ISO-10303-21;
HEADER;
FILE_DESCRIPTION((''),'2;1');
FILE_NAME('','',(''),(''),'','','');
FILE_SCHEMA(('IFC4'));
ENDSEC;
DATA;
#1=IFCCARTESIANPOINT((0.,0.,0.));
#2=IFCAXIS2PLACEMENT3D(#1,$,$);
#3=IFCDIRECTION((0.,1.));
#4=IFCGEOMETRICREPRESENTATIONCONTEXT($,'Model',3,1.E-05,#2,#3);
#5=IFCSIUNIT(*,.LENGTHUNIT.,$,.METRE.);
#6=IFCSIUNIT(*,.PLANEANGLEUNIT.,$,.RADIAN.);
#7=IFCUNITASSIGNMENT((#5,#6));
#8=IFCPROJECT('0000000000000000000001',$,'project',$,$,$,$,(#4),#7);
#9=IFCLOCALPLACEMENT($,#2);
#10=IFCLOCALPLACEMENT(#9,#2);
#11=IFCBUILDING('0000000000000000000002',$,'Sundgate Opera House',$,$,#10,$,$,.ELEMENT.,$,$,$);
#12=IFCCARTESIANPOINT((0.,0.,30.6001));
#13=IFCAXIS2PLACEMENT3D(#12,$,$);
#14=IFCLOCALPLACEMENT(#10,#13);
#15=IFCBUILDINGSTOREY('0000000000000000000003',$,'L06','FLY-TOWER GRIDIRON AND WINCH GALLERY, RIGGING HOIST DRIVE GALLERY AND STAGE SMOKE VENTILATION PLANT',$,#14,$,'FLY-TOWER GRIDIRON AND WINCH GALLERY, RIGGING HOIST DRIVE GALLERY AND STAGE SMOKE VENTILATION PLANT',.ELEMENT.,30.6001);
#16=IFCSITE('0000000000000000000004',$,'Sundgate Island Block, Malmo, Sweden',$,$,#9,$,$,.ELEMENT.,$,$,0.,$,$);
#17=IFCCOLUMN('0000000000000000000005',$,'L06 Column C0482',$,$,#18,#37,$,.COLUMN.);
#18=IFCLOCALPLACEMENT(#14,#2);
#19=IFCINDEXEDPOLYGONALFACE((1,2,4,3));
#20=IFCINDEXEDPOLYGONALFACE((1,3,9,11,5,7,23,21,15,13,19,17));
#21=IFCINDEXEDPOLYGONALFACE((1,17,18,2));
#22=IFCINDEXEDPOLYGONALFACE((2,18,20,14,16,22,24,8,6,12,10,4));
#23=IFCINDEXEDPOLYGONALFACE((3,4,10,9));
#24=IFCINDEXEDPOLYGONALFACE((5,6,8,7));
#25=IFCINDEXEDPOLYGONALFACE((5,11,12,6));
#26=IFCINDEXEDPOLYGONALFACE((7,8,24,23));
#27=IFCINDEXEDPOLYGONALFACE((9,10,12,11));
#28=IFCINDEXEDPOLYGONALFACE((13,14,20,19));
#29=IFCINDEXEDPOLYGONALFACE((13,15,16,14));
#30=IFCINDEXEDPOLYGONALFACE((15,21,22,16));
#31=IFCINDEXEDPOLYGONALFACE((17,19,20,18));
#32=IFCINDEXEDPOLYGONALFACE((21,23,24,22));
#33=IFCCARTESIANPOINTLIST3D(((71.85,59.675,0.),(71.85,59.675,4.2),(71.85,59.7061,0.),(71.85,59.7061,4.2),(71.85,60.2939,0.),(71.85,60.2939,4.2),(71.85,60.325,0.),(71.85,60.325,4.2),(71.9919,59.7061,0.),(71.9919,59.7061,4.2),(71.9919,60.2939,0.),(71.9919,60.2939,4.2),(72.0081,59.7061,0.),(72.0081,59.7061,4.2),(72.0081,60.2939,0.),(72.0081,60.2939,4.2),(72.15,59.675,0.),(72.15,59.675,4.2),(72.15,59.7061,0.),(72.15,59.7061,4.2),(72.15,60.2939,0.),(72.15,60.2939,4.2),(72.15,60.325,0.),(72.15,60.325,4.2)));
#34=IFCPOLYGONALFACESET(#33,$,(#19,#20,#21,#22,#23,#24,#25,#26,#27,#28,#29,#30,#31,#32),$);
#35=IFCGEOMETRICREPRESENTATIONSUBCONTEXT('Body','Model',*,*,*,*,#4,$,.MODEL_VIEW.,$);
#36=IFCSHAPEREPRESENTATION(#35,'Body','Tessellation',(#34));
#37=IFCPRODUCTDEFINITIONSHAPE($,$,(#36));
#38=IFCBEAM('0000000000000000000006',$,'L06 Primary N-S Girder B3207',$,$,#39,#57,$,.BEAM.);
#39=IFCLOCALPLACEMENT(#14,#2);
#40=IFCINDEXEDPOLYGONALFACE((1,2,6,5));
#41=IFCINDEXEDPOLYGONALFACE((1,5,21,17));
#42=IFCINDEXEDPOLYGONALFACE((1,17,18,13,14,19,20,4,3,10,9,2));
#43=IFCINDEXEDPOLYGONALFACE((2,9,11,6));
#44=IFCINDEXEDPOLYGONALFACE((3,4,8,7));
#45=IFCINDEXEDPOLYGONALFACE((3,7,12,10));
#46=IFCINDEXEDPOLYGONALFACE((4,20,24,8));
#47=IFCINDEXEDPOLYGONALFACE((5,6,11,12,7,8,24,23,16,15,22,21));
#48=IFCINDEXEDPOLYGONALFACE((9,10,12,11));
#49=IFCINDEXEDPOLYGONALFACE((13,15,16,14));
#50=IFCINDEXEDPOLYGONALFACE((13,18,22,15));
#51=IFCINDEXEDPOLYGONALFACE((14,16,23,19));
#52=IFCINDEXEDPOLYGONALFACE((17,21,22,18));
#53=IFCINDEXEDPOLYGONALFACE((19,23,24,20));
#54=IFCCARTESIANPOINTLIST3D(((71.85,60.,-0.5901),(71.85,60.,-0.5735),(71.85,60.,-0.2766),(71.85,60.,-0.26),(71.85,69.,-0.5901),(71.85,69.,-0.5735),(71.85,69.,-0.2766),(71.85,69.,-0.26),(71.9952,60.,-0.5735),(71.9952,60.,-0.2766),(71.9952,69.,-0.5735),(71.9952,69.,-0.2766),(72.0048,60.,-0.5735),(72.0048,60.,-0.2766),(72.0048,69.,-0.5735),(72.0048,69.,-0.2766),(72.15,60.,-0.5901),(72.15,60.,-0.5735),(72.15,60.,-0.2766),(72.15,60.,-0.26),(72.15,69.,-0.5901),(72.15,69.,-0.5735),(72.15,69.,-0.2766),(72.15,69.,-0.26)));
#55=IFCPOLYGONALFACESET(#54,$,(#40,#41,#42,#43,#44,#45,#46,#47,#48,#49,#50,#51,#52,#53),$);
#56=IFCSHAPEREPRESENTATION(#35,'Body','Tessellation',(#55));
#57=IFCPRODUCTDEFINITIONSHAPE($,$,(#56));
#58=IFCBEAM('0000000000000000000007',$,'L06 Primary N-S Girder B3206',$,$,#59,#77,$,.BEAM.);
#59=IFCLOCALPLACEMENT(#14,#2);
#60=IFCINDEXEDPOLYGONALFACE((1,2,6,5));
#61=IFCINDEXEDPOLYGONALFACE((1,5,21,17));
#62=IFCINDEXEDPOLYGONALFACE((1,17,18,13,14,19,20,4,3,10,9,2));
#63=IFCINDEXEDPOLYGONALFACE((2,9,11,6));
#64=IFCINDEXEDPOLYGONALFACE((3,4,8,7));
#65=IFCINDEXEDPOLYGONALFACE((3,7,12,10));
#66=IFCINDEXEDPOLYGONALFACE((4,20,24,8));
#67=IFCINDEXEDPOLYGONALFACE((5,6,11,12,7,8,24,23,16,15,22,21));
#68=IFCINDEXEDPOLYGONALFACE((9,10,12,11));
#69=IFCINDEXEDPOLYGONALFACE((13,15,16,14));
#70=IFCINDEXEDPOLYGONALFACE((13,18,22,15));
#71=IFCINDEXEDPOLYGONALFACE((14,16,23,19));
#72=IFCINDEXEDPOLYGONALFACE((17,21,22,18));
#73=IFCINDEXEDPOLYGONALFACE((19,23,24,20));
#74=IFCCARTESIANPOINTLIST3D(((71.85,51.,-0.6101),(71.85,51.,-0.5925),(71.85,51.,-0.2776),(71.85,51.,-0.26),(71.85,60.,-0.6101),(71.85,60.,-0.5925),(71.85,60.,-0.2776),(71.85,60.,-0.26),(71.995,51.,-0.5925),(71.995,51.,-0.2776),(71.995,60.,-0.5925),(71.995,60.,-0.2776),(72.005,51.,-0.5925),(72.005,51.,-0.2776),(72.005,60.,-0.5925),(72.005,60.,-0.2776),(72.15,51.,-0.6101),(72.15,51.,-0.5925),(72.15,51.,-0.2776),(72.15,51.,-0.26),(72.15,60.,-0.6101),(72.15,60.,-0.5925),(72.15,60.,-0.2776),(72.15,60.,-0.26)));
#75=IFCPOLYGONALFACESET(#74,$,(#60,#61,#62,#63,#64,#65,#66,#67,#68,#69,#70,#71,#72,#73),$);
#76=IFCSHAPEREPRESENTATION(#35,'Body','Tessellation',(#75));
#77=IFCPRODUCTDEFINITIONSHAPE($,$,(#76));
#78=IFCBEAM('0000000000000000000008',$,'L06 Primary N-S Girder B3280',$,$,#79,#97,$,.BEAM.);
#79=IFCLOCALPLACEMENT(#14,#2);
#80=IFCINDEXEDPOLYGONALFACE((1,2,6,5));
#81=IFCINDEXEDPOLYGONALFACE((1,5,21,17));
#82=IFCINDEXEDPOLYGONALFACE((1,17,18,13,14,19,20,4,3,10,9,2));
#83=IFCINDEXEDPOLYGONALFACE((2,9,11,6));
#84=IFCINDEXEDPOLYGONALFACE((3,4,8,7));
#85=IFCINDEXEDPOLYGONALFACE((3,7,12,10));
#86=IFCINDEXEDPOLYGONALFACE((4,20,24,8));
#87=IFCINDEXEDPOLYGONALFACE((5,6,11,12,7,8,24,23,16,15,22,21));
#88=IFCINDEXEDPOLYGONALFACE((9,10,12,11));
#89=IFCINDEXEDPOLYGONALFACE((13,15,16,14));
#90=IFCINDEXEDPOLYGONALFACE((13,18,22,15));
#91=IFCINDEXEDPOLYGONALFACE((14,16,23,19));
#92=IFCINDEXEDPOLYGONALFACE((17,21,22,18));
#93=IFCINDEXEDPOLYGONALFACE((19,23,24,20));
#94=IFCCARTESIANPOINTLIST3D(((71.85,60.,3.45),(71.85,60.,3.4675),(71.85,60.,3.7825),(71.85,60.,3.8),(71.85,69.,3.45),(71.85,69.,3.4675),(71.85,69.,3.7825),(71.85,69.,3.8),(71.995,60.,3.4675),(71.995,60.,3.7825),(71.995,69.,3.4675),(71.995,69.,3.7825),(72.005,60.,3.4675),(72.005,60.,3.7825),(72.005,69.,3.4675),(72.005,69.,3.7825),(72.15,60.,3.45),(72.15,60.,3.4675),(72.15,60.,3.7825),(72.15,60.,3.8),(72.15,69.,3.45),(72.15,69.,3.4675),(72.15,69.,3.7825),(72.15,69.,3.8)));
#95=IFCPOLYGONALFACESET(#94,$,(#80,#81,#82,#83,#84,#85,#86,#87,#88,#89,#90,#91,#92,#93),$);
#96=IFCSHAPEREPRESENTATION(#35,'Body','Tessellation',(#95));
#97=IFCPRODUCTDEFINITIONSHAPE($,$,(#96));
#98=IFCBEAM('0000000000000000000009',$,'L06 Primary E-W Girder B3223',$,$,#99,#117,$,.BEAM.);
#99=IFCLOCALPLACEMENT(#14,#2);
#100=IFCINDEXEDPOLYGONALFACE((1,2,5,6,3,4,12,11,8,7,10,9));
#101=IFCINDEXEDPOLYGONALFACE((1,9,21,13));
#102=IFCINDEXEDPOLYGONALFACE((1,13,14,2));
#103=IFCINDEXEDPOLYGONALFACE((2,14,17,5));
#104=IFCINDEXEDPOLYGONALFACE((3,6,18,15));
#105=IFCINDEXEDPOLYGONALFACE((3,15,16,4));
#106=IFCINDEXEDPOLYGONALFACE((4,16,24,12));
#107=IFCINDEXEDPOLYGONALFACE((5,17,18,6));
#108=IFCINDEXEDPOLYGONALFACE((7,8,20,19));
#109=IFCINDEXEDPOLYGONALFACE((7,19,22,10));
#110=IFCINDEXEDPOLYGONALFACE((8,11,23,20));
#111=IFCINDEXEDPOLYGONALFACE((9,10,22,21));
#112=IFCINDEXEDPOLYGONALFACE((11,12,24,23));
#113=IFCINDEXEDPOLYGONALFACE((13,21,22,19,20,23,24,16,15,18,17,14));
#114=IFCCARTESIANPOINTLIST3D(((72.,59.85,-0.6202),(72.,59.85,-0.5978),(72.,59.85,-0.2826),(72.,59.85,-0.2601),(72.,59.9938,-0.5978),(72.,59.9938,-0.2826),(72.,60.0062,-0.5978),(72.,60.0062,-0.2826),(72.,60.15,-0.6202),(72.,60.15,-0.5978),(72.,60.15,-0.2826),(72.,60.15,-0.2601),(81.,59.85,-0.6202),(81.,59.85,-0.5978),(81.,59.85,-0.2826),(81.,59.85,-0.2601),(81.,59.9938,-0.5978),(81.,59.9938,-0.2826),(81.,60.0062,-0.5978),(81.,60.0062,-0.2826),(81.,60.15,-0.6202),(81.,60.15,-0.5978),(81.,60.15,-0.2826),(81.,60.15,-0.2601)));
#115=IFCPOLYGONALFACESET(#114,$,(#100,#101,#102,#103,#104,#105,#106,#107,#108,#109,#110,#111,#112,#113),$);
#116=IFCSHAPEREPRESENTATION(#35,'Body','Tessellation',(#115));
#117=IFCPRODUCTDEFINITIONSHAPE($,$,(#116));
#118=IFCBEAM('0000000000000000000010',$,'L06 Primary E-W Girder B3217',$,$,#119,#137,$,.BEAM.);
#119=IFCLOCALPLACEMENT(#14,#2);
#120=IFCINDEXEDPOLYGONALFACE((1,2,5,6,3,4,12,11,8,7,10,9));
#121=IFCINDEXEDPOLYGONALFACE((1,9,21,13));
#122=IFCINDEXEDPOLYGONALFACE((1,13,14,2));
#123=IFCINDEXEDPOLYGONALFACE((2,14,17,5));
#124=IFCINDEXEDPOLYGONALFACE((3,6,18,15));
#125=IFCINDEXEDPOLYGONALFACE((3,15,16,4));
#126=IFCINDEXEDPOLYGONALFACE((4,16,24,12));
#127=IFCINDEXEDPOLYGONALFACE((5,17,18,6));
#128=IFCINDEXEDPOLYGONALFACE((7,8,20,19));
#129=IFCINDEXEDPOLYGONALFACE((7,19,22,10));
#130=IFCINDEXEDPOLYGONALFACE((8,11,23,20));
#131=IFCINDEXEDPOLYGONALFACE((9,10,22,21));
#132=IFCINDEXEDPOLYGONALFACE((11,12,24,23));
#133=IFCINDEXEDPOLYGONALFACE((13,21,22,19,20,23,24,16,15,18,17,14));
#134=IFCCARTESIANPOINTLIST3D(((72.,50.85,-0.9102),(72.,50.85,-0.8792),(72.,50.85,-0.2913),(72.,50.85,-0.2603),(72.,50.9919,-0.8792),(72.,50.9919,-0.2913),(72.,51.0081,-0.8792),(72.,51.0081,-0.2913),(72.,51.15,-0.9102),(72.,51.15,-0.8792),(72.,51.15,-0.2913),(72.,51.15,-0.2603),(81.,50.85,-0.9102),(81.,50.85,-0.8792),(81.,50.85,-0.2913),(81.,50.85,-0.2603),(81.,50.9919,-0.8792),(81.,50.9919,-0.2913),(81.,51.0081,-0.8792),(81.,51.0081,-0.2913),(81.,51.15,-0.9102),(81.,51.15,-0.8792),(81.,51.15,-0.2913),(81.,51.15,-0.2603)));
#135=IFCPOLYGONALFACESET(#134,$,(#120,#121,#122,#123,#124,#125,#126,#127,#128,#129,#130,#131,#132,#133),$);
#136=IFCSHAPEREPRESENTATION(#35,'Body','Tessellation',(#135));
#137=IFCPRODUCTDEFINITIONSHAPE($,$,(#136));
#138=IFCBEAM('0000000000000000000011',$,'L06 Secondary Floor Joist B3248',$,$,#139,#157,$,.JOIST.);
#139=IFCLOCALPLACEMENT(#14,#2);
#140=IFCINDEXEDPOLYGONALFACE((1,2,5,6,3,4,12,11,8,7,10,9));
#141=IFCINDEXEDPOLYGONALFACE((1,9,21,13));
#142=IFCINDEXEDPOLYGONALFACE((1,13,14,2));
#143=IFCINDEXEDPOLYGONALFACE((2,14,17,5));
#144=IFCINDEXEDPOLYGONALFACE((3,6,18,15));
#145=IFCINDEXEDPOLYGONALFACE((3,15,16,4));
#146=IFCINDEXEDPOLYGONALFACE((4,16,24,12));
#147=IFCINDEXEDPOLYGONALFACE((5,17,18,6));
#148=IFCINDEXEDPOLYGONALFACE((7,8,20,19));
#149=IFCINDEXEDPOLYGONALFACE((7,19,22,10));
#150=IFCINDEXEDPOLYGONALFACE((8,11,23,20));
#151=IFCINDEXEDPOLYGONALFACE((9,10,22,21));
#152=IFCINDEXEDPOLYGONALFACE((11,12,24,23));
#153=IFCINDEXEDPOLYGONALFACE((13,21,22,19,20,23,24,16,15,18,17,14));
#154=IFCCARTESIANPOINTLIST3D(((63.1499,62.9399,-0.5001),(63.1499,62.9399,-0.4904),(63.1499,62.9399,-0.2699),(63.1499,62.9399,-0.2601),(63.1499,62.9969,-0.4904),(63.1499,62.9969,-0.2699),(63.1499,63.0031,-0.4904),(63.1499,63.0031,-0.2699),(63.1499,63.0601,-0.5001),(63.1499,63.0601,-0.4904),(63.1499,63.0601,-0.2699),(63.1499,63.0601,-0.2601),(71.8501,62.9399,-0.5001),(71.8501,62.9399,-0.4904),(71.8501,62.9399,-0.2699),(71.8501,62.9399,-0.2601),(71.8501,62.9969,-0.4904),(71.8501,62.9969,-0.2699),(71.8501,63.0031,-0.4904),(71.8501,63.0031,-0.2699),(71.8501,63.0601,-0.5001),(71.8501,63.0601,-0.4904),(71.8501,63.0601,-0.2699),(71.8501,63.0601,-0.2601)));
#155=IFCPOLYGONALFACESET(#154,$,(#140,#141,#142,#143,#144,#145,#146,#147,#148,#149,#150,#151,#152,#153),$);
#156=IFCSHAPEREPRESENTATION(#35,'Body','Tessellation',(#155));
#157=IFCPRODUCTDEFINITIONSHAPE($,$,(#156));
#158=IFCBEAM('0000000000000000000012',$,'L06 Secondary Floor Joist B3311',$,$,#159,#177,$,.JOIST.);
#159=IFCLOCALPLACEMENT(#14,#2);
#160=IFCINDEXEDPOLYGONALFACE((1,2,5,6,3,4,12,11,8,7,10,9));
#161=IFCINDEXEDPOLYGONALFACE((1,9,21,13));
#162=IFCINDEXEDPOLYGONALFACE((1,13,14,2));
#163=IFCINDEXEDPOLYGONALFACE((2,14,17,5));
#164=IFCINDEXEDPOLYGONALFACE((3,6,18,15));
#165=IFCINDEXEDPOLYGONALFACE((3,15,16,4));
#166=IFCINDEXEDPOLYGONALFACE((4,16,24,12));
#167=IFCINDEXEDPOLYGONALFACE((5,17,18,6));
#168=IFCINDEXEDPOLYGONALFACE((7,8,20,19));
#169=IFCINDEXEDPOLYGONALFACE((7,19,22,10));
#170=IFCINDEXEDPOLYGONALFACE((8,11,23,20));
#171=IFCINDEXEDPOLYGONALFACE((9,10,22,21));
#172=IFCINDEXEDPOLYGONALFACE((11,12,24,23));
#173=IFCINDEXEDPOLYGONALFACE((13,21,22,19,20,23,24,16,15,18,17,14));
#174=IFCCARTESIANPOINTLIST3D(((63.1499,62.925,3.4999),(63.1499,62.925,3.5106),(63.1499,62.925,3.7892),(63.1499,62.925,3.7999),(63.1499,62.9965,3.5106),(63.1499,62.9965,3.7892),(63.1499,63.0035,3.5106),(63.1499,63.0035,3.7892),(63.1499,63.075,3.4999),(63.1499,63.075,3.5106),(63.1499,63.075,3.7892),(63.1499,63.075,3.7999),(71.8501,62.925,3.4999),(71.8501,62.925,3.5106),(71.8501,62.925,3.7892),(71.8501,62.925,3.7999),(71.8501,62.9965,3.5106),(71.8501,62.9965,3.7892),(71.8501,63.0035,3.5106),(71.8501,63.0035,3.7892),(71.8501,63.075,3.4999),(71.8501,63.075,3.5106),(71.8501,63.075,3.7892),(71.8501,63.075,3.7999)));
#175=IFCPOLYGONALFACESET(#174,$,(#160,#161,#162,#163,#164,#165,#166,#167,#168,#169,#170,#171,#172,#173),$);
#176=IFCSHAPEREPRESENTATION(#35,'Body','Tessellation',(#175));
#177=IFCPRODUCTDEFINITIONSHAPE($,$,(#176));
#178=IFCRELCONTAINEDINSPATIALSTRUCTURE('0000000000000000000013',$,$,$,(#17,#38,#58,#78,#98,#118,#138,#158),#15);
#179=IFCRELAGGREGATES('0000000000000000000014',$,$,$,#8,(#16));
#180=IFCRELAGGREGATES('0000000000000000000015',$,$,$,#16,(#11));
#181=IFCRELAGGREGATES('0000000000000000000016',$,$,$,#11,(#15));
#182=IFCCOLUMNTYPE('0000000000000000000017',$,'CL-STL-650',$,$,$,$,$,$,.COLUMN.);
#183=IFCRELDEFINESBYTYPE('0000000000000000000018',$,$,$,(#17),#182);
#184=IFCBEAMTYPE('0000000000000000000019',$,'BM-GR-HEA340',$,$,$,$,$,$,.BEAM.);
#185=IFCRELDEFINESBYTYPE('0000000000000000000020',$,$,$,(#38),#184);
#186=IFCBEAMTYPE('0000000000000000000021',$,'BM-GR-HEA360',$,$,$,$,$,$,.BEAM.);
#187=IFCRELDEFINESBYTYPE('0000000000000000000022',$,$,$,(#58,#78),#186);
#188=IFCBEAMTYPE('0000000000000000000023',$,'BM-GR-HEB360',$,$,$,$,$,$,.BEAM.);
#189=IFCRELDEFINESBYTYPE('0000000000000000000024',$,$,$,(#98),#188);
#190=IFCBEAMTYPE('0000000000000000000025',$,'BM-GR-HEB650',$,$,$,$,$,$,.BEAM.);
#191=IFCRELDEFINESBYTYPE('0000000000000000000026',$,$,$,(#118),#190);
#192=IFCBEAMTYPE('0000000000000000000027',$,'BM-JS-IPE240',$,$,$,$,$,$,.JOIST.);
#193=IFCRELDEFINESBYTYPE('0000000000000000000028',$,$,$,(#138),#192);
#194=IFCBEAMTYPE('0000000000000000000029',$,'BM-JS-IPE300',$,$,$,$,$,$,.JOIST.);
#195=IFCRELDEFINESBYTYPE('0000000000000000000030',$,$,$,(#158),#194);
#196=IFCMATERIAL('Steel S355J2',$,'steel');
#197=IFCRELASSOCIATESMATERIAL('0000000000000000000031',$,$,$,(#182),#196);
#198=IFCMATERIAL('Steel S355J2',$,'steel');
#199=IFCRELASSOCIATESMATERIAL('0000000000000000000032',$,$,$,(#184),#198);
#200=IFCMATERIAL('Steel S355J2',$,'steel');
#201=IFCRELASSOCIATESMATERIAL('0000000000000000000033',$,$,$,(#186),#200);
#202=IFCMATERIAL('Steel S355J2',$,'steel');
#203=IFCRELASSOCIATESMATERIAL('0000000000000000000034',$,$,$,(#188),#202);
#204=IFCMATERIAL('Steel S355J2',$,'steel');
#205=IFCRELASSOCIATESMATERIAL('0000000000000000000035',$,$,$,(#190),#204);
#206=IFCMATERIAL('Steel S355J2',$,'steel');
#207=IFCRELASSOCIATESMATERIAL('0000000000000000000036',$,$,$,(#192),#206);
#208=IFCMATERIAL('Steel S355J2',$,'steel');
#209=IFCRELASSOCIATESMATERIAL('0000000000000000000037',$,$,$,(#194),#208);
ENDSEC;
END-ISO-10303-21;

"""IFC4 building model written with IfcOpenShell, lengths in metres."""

from ifc_helpers import new_model, si_unit, direction, frame, origin, origin_2d, place, context, subcontext, project, spatial, i_section, extrude, material, material_profile, profile_set, type_object, element, save


model = new_model("IFC4")

# Units and contexts
model_context = context("Model", 3, precision=1e-05, world=origin(), true_north=direction((0.0, 1.0)))
body_context = subcontext(model_context, "Body", "Model", "MODEL_VIEW")
ifc_project = project(units=[si_unit("LENGTHUNIT", "METRE"), si_unit("PLANEANGLEUNIT", "RADIAN")], contexts=[model_context])

# Site, building, storey
site_placement = place(None, origin())
site = spatial("IfcSite", under=ifc_project, at=site_placement, Name="Sundgate Island Block, Malmo, Sweden", CompositionType="ELEMENT", RefElevation=0.0)
building_placement = place(site_placement, origin())
building = spatial("IfcBuilding", under=site, at=building_placement, Name="Sundgate Opera House", CompositionType="ELEMENT")
storey_placement = place(building_placement, frame((0.0, 0.0, 30.6001)))
storey = spatial("IfcBuildingStorey", under=building, at=storey_placement, Name="L06", Description="FLY-TOWER GRIDIRON AND WINCH GALLERY, RIGGING HOIST DRIVE GALLERY AND STAGE SMOKE VENTILATION PLANT", LongName="FLY-TOWER GRIDIRON AND WINCH GALLERY, RIGGING HOIST DRIVE GALLERY AND STAGE SMOKE VENTILATION PLANT", CompositionType="ELEMENT", Elevation=30.6001)

# Column
ifc_material_1 = material(Name="Steel S355J2", Category="steel")
ifc_material_profile_1 = material_profile(ifc_material_1, i_section(OverallWidth=0.3, OverallDepth=0.6499, WebThickness=0.0161, FlangeThickness=0.031, at=origin_2d()), Name="HEB 650")
ifc_profile_set_1 = profile_set([ifc_material_profile_1], Name="Steel S355J2")
column_type = type_object("IfcColumnType", Name="CL-STL-650", PredefinedType="COLUMN", material=ifc_profile_set_1)
column_placement = place(storey_placement, frame((72.0, 60.0, 0.0), z_axis=(0.0, 0.0, 1.0), x_axis=(1.0, 0.0, 0.0)))
element("IfcColumn", 1, at=column_placement, inside=storey, type_object=column_type, Name="L06 Column C0482", PredefinedType="COLUMN", context=body_context, shape_type="SweptSolid", body=[
    extrude(i_section(OverallWidth=0.3, OverallDepth=0.6499, WebThickness=0.0161, FlangeThickness=0.031, at=origin_2d()), origin(), (0.0, 0.0, 1.0), 4.2),
])

# Beams
ifc_material_2 = material(Name="Steel S355J2", Category="steel")
ifc_material_profile_2 = material_profile(ifc_material_2, i_section(OverallWidth=0.3, OverallDepth=0.3301, WebThickness=0.0095, FlangeThickness=0.0166, at=origin_2d()), Name="HEA 340")
ifc_profile_set_2 = profile_set([ifc_material_profile_2], Name="Steel S355J2")
beam_type_1 = type_object("IfcBeamType", Name="BM-GR-HEA340", PredefinedType="BEAM", material=ifc_profile_set_2)
beam_1_placement = place(storey_placement, frame((72.0, 60.0, -0.425), z_axis=(0.0, 1.0, 0.0), x_axis=(-1.0, 0.0, 0.0)))
element("IfcBeam", 2, at=beam_1_placement, inside=storey, type_object=beam_type_1, Name="L06 Primary N-S Girder B3207", PredefinedType="BEAM", context=body_context, shape_type="SweptSolid", body=[
    extrude(i_section(OverallWidth=0.3, OverallDepth=0.3301, WebThickness=0.0095, FlangeThickness=0.0166, at=origin_2d()), origin(), (0.0, 0.0, 1.0), 9.0),
])
ifc_material_3 = material(Name="Steel S355J2", Category="steel")
ifc_material_profile_3 = material_profile(ifc_material_3, i_section(OverallWidth=0.3, OverallDepth=0.3501, WebThickness=0.01, FlangeThickness=0.0176, at=origin_2d()), Name="HEA 360")
ifc_profile_set_3 = profile_set([ifc_material_profile_3], Name="Steel S355J2")
beam_type_2 = type_object("IfcBeamType", Name="BM-GR-HEA360", PredefinedType="BEAM", material=ifc_profile_set_3)
for number, where, z_axis, x_axis, name in (
    (3, (72.0, 51.0, -0.4351), (0.0, 1.0, 0.0), (-1.0, 0.0, 0.0), "L06 Primary N-S Girder B3206"),
    (4, (72.0, 60.0, 3.625), (0.0, 1.0, 0.0), (-1.0, 0.0, 0.0), "L06 Primary N-S Girder B3280"),
):
    element("IfcBeam", number, at=place(storey_placement, frame(where, z_axis=z_axis, x_axis=x_axis)), inside=storey, type_object=beam_type_2, Name=name, PredefinedType="BEAM", context=body_context, shape_type="SweptSolid", body=[
        extrude(i_section(OverallWidth=0.3, OverallDepth=0.3501, WebThickness=0.01, FlangeThickness=0.0176, at=origin_2d()), origin(), (0.0, 0.0, 1.0), 9.0),
    ])
ifc_material_4 = material(Name="Steel S355J2", Category="steel")
ifc_material_profile_4 = material_profile(ifc_material_4, i_section(OverallWidth=0.3, OverallDepth=0.3601, WebThickness=0.0125, FlangeThickness=0.0225, at=origin_2d()), Name="HEB 360")
ifc_profile_set_4 = profile_set([ifc_material_profile_4], Name="Steel S355J2")
beam_type_3 = type_object("IfcBeamType", Name="BM-GR-HEB360", PredefinedType="BEAM", material=ifc_profile_set_4)
beam_2_placement = place(storey_placement, frame((72.0, 60.0, -0.4402), z_axis=(1.0, 0.0, 0.0), x_axis=(0.0, 1.0, 0.0)))
element("IfcBeam", 5, at=beam_2_placement, inside=storey, type_object=beam_type_3, Name="L06 Primary E-W Girder B3223", PredefinedType="BEAM", context=body_context, shape_type="SweptSolid", body=[
    extrude(i_section(OverallWidth=0.3, OverallDepth=0.3601, WebThickness=0.0125, FlangeThickness=0.0225, at=origin_2d()), origin(), (0.0, 0.0, 1.0), 9.0),
])
ifc_material_5 = material(Name="Steel S355J2", Category="steel")
ifc_material_profile_5 = material_profile(ifc_material_5, i_section(OverallWidth=0.3, OverallDepth=0.6499, WebThickness=0.0161, FlangeThickness=0.031, at=origin_2d()), Name="HEB 650")
ifc_profile_set_5 = profile_set([ifc_material_profile_5], Name="Steel S355J2")
beam_type_4 = type_object("IfcBeamType", Name="BM-GR-HEB650", PredefinedType="BEAM", material=ifc_profile_set_5)
beam_3_placement = place(storey_placement, frame((72.0, 51.0, -0.5852), z_axis=(1.0, 0.0, 0.0), x_axis=(0.0, 1.0, 0.0)))
element("IfcBeam", 6, at=beam_3_placement, inside=storey, type_object=beam_type_4, Name="L06 Primary E-W Girder B3217", PredefinedType="BEAM", context=body_context, shape_type="SweptSolid", body=[
    extrude(i_section(OverallWidth=0.3, OverallDepth=0.6499, WebThickness=0.0161, FlangeThickness=0.031, at=origin_2d()), origin(), (0.0, 0.0, 1.0), 9.0),
])
ifc_material_6 = material(Name="Steel S355J2", Category="steel")
ifc_material_profile_6 = material_profile(ifc_material_6, i_section(OverallWidth=0.1201, OverallDepth=0.24, WebThickness=0.0061, FlangeThickness=0.0098, at=origin_2d()), Name="IPE 240")
ifc_profile_set_6 = profile_set([ifc_material_profile_6], Name="Steel S355J2")
beam_type_5 = type_object("IfcBeamType", Name="BM-JS-IPE240", PredefinedType="JOIST", material=ifc_profile_set_6)
beam_4_placement = place(storey_placement, frame((63.1499, 63.0, -0.3801), z_axis=(1.0, 0.0, 0.0), x_axis=(0.0, 1.0, 0.0)))
element("IfcBeam", 7, at=beam_4_placement, inside=storey, type_object=beam_type_5, Name="L06 Secondary Floor Joist B3248", PredefinedType="JOIST", context=body_context, shape_type="SweptSolid", body=[
    extrude(i_section(OverallWidth=0.1201, OverallDepth=0.24, WebThickness=0.0061, FlangeThickness=0.0098, at=origin_2d()), origin(), (0.0, 0.0, 1.0), 8.7002),
])
ifc_material_7 = material(Name="Steel S355J2", Category="steel")
ifc_material_profile_7 = material_profile(ifc_material_7, i_section(OverallWidth=0.1499, OverallDepth=0.3, WebThickness=0.0071, FlangeThickness=0.0107, at=origin_2d()), Name="IPE 300")
ifc_profile_set_7 = profile_set([ifc_material_profile_7], Name="Steel S355J2")
beam_type_6 = type_object("IfcBeamType", Name="BM-JS-IPE300", PredefinedType="JOIST", material=ifc_profile_set_7)
beam_5_placement = place(storey_placement, frame((63.1499, 63.0, 3.6499), z_axis=(1.0, 0.0, 0.0), x_axis=(0.0, 1.0, 0.0)))
element("IfcBeam", 8, at=beam_5_placement, inside=storey, type_object=beam_type_6, Name="L06 Secondary Floor Joist B3311", PredefinedType="JOIST", context=body_context, shape_type="SweptSolid", body=[
    extrude(i_section(OverallWidth=0.1499, OverallDepth=0.3, WebThickness=0.0071, FlangeThickness=0.0107, at=origin_2d()), origin(), (0.0, 0.0, 1.0), 8.7002),
])

save(model, "model.ifc")
